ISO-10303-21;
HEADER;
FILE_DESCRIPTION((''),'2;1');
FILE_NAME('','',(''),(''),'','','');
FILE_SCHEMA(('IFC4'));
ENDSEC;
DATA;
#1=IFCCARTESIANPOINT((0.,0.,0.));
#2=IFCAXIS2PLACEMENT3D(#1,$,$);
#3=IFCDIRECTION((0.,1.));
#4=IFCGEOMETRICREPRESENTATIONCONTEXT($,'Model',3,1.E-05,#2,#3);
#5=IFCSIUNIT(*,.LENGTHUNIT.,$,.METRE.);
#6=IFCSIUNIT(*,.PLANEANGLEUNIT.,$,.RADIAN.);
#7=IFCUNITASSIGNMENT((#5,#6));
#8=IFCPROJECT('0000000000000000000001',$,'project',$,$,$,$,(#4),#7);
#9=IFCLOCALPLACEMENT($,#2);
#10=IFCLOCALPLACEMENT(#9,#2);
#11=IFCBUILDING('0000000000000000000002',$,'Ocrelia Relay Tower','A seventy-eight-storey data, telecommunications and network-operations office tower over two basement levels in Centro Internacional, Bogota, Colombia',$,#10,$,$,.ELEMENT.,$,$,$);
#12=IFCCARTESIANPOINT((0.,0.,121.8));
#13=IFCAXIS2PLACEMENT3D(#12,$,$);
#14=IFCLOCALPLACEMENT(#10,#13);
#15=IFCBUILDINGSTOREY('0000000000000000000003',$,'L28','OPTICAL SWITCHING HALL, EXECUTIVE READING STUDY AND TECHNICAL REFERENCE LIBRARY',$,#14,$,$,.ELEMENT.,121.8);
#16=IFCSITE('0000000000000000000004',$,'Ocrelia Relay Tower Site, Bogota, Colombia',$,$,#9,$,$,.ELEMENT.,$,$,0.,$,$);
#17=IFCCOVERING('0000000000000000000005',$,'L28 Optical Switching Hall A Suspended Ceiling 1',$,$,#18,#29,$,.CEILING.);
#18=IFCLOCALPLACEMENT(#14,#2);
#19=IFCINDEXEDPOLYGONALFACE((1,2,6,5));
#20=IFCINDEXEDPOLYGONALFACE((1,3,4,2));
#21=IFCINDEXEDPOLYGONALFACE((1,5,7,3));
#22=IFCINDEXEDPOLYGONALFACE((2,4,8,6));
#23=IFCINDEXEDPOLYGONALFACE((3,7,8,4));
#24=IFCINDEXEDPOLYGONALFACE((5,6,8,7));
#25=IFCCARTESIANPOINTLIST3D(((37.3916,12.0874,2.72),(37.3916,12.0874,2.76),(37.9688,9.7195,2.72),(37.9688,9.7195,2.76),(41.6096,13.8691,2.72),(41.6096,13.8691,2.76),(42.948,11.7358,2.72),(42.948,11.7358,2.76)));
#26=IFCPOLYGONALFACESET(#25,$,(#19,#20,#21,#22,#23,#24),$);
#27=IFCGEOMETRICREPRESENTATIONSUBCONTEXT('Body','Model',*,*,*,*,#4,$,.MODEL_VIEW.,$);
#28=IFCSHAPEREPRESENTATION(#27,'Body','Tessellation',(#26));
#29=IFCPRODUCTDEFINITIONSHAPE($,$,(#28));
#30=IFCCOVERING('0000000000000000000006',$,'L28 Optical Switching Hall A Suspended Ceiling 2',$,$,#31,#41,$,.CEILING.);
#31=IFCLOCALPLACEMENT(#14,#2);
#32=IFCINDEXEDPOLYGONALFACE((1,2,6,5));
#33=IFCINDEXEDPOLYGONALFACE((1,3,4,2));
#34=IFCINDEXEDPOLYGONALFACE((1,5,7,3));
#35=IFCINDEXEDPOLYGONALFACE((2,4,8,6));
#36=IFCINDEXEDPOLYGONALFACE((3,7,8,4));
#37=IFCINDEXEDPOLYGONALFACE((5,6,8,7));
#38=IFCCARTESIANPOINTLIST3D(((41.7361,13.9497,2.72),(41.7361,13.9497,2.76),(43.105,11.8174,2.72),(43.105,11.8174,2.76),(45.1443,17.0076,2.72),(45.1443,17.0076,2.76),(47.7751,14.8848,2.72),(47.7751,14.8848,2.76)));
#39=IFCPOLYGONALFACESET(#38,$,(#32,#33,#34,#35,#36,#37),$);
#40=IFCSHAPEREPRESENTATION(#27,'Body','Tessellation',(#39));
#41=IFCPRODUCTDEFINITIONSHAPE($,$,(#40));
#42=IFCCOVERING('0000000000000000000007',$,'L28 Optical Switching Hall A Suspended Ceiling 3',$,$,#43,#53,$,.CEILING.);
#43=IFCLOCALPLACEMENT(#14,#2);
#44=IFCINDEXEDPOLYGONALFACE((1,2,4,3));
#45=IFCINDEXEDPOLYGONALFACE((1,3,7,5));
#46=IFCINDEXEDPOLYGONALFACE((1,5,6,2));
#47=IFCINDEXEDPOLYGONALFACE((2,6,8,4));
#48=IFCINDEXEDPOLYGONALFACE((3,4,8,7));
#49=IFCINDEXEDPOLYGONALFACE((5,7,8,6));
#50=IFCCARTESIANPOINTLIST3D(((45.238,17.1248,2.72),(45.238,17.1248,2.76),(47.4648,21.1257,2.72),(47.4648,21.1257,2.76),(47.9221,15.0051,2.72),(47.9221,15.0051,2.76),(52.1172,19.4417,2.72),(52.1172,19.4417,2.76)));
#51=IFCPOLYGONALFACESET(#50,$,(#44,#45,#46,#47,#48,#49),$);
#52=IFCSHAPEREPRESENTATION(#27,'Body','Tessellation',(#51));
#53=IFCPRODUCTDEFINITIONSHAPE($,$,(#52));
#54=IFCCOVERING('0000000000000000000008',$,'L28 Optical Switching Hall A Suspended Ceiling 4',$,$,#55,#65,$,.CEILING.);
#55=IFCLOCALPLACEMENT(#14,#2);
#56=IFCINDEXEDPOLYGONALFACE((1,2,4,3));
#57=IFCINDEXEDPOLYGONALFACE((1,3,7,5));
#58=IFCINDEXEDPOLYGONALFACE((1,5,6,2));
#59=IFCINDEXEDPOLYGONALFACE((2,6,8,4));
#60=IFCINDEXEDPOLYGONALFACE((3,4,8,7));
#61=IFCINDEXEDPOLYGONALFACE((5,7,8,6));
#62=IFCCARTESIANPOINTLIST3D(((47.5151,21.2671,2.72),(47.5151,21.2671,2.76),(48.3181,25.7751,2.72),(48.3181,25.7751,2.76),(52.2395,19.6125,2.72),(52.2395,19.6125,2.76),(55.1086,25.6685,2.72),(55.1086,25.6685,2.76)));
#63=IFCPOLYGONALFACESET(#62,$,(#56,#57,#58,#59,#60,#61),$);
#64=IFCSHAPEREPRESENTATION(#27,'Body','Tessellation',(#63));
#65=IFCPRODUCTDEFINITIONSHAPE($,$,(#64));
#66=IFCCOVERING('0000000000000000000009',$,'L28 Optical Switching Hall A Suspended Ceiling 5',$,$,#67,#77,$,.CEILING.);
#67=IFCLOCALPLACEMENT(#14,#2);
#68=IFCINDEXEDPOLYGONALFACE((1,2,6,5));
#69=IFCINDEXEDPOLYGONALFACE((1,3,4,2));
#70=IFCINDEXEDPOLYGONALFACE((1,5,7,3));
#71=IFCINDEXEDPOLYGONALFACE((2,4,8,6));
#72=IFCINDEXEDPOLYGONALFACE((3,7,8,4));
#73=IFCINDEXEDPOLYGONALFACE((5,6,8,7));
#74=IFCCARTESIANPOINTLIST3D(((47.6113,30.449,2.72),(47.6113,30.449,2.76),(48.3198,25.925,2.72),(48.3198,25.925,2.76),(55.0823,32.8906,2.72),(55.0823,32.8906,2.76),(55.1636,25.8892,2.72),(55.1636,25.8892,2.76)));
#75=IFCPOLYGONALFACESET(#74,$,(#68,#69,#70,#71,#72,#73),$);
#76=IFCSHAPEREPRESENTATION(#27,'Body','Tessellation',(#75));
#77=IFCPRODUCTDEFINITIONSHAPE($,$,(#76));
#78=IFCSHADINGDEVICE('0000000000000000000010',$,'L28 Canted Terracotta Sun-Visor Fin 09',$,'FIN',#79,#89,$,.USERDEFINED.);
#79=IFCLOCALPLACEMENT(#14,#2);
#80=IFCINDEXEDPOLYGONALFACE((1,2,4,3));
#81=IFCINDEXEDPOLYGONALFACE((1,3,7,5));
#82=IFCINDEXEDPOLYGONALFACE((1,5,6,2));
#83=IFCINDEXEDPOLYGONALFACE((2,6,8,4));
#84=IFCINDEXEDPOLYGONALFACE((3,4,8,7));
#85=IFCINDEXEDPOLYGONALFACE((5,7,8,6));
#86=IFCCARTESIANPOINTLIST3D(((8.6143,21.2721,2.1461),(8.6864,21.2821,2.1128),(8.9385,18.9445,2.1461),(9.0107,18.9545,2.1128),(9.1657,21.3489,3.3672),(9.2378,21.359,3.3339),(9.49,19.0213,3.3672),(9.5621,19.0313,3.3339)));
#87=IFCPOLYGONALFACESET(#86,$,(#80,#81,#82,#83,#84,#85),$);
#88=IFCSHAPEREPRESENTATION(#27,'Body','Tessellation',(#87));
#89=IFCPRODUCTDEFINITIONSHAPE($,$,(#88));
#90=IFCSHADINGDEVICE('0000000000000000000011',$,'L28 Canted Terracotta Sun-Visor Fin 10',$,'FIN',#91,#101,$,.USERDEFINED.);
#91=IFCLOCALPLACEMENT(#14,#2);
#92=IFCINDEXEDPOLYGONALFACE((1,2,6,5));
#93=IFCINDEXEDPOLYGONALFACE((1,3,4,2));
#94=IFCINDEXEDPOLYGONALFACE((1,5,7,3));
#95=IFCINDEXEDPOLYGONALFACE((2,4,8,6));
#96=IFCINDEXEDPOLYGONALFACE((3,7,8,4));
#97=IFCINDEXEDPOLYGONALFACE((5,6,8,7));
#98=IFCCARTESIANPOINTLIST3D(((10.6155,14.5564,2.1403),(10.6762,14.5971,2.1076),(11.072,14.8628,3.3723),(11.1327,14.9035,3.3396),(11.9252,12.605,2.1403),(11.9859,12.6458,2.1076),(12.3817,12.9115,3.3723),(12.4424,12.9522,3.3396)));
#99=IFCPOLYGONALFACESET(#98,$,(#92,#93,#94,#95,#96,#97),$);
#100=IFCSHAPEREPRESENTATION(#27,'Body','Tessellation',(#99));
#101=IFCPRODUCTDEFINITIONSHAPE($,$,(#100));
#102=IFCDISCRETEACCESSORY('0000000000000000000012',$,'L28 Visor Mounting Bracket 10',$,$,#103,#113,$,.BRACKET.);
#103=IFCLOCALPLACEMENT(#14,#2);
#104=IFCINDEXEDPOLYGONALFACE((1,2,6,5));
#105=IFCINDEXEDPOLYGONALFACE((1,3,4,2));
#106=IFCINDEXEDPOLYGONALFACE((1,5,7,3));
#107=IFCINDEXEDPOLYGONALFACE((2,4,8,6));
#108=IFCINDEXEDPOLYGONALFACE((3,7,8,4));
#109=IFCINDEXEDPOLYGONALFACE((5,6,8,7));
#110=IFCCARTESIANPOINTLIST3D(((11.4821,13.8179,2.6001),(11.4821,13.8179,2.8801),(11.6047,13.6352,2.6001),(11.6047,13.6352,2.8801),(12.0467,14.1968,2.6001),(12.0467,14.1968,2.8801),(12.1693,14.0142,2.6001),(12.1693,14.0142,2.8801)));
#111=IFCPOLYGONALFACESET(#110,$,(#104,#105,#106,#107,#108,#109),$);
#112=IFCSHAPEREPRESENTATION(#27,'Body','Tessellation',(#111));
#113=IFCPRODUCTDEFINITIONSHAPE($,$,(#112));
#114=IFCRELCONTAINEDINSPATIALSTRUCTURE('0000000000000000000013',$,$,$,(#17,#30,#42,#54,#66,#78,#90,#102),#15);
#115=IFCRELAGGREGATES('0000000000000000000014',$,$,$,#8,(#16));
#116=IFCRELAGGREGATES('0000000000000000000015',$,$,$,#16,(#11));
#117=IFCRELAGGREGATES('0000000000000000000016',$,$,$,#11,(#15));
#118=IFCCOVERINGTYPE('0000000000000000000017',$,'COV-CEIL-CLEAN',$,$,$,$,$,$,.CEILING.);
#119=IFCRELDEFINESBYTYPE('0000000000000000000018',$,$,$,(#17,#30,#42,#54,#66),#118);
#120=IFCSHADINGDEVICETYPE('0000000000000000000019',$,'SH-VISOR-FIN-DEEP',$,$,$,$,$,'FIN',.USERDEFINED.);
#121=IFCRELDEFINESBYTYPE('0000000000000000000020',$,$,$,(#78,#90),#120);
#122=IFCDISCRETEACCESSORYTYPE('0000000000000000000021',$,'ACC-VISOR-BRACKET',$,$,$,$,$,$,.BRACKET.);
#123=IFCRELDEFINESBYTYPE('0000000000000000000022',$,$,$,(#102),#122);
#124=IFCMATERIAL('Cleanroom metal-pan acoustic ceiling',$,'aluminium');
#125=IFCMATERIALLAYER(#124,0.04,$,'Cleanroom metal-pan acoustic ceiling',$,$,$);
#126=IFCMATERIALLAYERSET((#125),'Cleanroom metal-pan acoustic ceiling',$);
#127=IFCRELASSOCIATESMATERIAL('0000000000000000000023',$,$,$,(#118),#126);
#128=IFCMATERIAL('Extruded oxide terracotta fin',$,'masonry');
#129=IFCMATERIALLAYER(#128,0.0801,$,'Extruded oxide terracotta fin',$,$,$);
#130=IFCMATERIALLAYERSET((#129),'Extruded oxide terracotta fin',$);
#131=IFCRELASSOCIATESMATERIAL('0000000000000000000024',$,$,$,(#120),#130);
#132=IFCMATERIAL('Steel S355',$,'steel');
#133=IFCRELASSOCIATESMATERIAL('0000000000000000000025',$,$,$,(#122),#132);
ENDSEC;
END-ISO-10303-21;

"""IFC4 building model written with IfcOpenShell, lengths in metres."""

from ifc_helpers import new_model, si_unit, direction, frame, origin, origin_2d, place, context, subcontext, project, spatial, polyline, rectangle, outline, extrude, material, layer, layer_set, type_object, element, save


model = new_model("IFC4")

# Units and contexts
model_context = context("Model", 3, precision=1e-05, world=origin(), true_north=direction((0.0, 1.0)))
body_context = subcontext(model_context, "Body", "Model", "MODEL_VIEW")
ifc_project = project(units=[si_unit("LENGTHUNIT", "METRE"), si_unit("PLANEANGLEUNIT", "RADIAN")], contexts=[model_context])

# Site, building, storey
site_placement = place(None, origin())
site = spatial("IfcSite", under=ifc_project, at=site_placement, Name="Ocrelia Relay Tower Site, Bogota, Colombia", CompositionType="ELEMENT", RefElevation=0.0)
building_placement = place(site_placement, origin())
building = spatial("IfcBuilding", under=site, at=building_placement, Name="Ocrelia Relay Tower", Description="A seventy-eight-storey data, telecommunications and network-operations office tower over two basement levels in Centro Internacional, Bogota, Colombia", CompositionType="ELEMENT")
storey_placement = place(building_placement, frame((0.0, 0.0, 121.8)))
storey = spatial("IfcBuildingStorey", under=building, at=storey_placement, Name="L28", Description="OPTICAL SWITCHING HALL, EXECUTIVE READING STUDY AND TECHNICAL REFERENCE LIBRARY", CompositionType="ELEMENT", Elevation=121.8)

# Coverings
ifc_material_1 = material(Name="Cleanroom metal-pan acoustic ceiling", Category="aluminium")
ifc_layer_1 = layer(ifc_material_1, 0.04, Name="Cleanroom metal-pan acoustic ceiling")
ifc_layer_set_1 = layer_set([ifc_layer_1], Name="Cleanroom metal-pan acoustic ceiling")
covering_type_1 = type_object("IfcCoveringType", Name="COV-CEIL-CLEAN", PredefinedType="CEILING", material=ifc_layer_set_1)
covering_1_placement = place(storey_placement, frame((0.0, 0.0, 2.72)))
element("IfcCovering", 1, at=covering_1_placement, inside=storey, type_object=covering_type_1, Name="L28 Optical Switching Hall A Suspended Ceiling 1", PredefinedType="CEILING", context=body_context, shape_type="SweptSolid", body=[
    extrude(outline(polyline([(37.3916, 12.0874), (37.9688, 9.7195), (42.948, 11.7358), (41.6096, 13.8691), (37.3916, 12.0874)])), origin(), (0.0, 0.0, 1.0), 0.04),
])
covering_2_placement = place(storey_placement, frame((0.0, 0.0, 2.72)))
element("IfcCovering", 2, at=covering_2_placement, inside=storey, type_object=covering_type_1, Name="L28 Optical Switching Hall A Suspended Ceiling 2", PredefinedType="CEILING", context=body_context, shape_type="SweptSolid", body=[
    extrude(outline(polyline([(41.7361, 13.9497), (43.105, 11.8174), (47.7751, 14.8848), (45.1443, 17.0076), (41.7361, 13.9497)])), origin(), (0.0, 0.0, 1.0), 0.04),
])
covering_3_placement = place(storey_placement, frame((0.0, 0.0, 2.72)))
element("IfcCovering", 3, at=covering_3_placement, inside=storey, type_object=covering_type_1, Name="L28 Optical Switching Hall A Suspended Ceiling 3", PredefinedType="CEILING", context=body_context, shape_type="SweptSolid", body=[
    extrude(outline(polyline([(45.238, 17.1248), (47.9221, 15.0051), (52.1172, 19.4417), (47.4648, 21.1257), (45.238, 17.1248)])), origin(), (0.0, 0.0, 1.0), 0.04),
])
covering_4_placement = place(storey_placement, frame((0.0, 0.0, 2.72)))
element("IfcCovering", 4, at=covering_4_placement, inside=storey, type_object=covering_type_1, Name="L28 Optical Switching Hall A Suspended Ceiling 4", PredefinedType="CEILING", context=body_context, shape_type="SweptSolid", body=[
    extrude(outline(polyline([(47.5151, 21.2671), (52.2395, 19.6125), (55.1086, 25.6685), (48.3181, 25.7751), (47.5151, 21.2671)])), origin(), (0.0, 0.0, 1.0), 0.04),
])
covering_5_placement = place(storey_placement, frame((0.0, 0.0, 2.72)))
element("IfcCovering", 5, at=covering_5_placement, inside=storey, type_object=covering_type_1, Name="L28 Optical Switching Hall A Suspended Ceiling 5", PredefinedType="CEILING", context=body_context, shape_type="SweptSolid", body=[
    extrude(outline(polyline([(48.3198, 25.925), (55.1636, 25.8892), (55.0823, 32.8906), (47.6113, 30.449), (48.3198, 25.925)])), origin(), (0.0, 0.0, 1.0), 0.04),
])

# Shading devices
ifc_material_2 = material(Name="Extruded oxide terracotta fin", Category="masonry")
ifc_layer_2 = layer(ifc_material_2, 0.0801, Name="Extruded oxide terracotta fin")
ifc_layer_set_2 = layer_set([ifc_layer_2], Name="Extruded oxide terracotta fin")
shading_device_type = type_object("IfcShadingDeviceType", Name="SH-VISOR-FIN-DEEP", ElementType="FIN", PredefinedType="USERDEFINED", material=ifc_layer_set_2)
shading_device_1_placement = place(storey_placement, frame((9.1243, 20.1567, 2.7234), z_axis=(-0.901185, -0.125549, 0.414852), x_axis=(0.137983, -0.990435, 0.0)))
element("IfcShadingDevice", 6, at=shading_device_1_placement, inside=storey, type_object=shading_device_type, Name="L28 Canted Terracotta Sun-Visor Fin 09", ObjectType="FIN", PredefinedType="USERDEFINED", context=body_context, shape_type="SweptSolid", body=[
    extrude(rectangle(XDim=2.3501, YDim=1.342, at=origin_2d()), origin(), (0.0, 0.0, 1.0), 0.0801),
])
shading_device_2_placement = place(storey_placement, frame((11.5593, 13.7747, 2.7236), z_axis=(-0.758234, -0.508918, 0.407534), x_axis=(0.557297, -0.830313, 0.0)))
element("IfcShadingDevice", 7, at=shading_device_2_placement, inside=storey, type_object=shading_device_type, Name="L28 Canted Terracotta Sun-Visor Fin 10", ObjectType="FIN", PredefinedType="USERDEFINED", context=body_context, shape_type="SweptSolid", body=[
    extrude(rectangle(XDim=2.3501, YDim=1.3491, at=origin_2d()), origin(), (0.0, 0.0, 1.0), 0.0801),
])

# Discrete accessory
ifc_material_3 = material(Name="Steel S355", Category="steel")
discrete_accessory_type = type_object("IfcDiscreteAccessoryType", Name="ACC-VISOR-BRACKET", PredefinedType="BRACKET", material=ifc_material_3)
discrete_accessory_placement = place(storey_placement, frame((11.8257, 13.916, 2.6001), z_axis=(0.0, 0.0, 1.0), x_axis=(0.557297, -0.830313, 0.0)))
element("IfcDiscreteAccessory", 8, at=discrete_accessory_placement, inside=storey, type_object=discrete_accessory_type, Name="L28 Visor Mounting Bracket 10", PredefinedType="BRACKET", context=body_context, shape_type="SweptSolid", body=[
    extrude(rectangle(XDim=0.22, YDim=0.6799, at=origin_2d()), origin(), (0.0, 0.0, 1.0), 0.28),
])

save(model, "model.ifc")
